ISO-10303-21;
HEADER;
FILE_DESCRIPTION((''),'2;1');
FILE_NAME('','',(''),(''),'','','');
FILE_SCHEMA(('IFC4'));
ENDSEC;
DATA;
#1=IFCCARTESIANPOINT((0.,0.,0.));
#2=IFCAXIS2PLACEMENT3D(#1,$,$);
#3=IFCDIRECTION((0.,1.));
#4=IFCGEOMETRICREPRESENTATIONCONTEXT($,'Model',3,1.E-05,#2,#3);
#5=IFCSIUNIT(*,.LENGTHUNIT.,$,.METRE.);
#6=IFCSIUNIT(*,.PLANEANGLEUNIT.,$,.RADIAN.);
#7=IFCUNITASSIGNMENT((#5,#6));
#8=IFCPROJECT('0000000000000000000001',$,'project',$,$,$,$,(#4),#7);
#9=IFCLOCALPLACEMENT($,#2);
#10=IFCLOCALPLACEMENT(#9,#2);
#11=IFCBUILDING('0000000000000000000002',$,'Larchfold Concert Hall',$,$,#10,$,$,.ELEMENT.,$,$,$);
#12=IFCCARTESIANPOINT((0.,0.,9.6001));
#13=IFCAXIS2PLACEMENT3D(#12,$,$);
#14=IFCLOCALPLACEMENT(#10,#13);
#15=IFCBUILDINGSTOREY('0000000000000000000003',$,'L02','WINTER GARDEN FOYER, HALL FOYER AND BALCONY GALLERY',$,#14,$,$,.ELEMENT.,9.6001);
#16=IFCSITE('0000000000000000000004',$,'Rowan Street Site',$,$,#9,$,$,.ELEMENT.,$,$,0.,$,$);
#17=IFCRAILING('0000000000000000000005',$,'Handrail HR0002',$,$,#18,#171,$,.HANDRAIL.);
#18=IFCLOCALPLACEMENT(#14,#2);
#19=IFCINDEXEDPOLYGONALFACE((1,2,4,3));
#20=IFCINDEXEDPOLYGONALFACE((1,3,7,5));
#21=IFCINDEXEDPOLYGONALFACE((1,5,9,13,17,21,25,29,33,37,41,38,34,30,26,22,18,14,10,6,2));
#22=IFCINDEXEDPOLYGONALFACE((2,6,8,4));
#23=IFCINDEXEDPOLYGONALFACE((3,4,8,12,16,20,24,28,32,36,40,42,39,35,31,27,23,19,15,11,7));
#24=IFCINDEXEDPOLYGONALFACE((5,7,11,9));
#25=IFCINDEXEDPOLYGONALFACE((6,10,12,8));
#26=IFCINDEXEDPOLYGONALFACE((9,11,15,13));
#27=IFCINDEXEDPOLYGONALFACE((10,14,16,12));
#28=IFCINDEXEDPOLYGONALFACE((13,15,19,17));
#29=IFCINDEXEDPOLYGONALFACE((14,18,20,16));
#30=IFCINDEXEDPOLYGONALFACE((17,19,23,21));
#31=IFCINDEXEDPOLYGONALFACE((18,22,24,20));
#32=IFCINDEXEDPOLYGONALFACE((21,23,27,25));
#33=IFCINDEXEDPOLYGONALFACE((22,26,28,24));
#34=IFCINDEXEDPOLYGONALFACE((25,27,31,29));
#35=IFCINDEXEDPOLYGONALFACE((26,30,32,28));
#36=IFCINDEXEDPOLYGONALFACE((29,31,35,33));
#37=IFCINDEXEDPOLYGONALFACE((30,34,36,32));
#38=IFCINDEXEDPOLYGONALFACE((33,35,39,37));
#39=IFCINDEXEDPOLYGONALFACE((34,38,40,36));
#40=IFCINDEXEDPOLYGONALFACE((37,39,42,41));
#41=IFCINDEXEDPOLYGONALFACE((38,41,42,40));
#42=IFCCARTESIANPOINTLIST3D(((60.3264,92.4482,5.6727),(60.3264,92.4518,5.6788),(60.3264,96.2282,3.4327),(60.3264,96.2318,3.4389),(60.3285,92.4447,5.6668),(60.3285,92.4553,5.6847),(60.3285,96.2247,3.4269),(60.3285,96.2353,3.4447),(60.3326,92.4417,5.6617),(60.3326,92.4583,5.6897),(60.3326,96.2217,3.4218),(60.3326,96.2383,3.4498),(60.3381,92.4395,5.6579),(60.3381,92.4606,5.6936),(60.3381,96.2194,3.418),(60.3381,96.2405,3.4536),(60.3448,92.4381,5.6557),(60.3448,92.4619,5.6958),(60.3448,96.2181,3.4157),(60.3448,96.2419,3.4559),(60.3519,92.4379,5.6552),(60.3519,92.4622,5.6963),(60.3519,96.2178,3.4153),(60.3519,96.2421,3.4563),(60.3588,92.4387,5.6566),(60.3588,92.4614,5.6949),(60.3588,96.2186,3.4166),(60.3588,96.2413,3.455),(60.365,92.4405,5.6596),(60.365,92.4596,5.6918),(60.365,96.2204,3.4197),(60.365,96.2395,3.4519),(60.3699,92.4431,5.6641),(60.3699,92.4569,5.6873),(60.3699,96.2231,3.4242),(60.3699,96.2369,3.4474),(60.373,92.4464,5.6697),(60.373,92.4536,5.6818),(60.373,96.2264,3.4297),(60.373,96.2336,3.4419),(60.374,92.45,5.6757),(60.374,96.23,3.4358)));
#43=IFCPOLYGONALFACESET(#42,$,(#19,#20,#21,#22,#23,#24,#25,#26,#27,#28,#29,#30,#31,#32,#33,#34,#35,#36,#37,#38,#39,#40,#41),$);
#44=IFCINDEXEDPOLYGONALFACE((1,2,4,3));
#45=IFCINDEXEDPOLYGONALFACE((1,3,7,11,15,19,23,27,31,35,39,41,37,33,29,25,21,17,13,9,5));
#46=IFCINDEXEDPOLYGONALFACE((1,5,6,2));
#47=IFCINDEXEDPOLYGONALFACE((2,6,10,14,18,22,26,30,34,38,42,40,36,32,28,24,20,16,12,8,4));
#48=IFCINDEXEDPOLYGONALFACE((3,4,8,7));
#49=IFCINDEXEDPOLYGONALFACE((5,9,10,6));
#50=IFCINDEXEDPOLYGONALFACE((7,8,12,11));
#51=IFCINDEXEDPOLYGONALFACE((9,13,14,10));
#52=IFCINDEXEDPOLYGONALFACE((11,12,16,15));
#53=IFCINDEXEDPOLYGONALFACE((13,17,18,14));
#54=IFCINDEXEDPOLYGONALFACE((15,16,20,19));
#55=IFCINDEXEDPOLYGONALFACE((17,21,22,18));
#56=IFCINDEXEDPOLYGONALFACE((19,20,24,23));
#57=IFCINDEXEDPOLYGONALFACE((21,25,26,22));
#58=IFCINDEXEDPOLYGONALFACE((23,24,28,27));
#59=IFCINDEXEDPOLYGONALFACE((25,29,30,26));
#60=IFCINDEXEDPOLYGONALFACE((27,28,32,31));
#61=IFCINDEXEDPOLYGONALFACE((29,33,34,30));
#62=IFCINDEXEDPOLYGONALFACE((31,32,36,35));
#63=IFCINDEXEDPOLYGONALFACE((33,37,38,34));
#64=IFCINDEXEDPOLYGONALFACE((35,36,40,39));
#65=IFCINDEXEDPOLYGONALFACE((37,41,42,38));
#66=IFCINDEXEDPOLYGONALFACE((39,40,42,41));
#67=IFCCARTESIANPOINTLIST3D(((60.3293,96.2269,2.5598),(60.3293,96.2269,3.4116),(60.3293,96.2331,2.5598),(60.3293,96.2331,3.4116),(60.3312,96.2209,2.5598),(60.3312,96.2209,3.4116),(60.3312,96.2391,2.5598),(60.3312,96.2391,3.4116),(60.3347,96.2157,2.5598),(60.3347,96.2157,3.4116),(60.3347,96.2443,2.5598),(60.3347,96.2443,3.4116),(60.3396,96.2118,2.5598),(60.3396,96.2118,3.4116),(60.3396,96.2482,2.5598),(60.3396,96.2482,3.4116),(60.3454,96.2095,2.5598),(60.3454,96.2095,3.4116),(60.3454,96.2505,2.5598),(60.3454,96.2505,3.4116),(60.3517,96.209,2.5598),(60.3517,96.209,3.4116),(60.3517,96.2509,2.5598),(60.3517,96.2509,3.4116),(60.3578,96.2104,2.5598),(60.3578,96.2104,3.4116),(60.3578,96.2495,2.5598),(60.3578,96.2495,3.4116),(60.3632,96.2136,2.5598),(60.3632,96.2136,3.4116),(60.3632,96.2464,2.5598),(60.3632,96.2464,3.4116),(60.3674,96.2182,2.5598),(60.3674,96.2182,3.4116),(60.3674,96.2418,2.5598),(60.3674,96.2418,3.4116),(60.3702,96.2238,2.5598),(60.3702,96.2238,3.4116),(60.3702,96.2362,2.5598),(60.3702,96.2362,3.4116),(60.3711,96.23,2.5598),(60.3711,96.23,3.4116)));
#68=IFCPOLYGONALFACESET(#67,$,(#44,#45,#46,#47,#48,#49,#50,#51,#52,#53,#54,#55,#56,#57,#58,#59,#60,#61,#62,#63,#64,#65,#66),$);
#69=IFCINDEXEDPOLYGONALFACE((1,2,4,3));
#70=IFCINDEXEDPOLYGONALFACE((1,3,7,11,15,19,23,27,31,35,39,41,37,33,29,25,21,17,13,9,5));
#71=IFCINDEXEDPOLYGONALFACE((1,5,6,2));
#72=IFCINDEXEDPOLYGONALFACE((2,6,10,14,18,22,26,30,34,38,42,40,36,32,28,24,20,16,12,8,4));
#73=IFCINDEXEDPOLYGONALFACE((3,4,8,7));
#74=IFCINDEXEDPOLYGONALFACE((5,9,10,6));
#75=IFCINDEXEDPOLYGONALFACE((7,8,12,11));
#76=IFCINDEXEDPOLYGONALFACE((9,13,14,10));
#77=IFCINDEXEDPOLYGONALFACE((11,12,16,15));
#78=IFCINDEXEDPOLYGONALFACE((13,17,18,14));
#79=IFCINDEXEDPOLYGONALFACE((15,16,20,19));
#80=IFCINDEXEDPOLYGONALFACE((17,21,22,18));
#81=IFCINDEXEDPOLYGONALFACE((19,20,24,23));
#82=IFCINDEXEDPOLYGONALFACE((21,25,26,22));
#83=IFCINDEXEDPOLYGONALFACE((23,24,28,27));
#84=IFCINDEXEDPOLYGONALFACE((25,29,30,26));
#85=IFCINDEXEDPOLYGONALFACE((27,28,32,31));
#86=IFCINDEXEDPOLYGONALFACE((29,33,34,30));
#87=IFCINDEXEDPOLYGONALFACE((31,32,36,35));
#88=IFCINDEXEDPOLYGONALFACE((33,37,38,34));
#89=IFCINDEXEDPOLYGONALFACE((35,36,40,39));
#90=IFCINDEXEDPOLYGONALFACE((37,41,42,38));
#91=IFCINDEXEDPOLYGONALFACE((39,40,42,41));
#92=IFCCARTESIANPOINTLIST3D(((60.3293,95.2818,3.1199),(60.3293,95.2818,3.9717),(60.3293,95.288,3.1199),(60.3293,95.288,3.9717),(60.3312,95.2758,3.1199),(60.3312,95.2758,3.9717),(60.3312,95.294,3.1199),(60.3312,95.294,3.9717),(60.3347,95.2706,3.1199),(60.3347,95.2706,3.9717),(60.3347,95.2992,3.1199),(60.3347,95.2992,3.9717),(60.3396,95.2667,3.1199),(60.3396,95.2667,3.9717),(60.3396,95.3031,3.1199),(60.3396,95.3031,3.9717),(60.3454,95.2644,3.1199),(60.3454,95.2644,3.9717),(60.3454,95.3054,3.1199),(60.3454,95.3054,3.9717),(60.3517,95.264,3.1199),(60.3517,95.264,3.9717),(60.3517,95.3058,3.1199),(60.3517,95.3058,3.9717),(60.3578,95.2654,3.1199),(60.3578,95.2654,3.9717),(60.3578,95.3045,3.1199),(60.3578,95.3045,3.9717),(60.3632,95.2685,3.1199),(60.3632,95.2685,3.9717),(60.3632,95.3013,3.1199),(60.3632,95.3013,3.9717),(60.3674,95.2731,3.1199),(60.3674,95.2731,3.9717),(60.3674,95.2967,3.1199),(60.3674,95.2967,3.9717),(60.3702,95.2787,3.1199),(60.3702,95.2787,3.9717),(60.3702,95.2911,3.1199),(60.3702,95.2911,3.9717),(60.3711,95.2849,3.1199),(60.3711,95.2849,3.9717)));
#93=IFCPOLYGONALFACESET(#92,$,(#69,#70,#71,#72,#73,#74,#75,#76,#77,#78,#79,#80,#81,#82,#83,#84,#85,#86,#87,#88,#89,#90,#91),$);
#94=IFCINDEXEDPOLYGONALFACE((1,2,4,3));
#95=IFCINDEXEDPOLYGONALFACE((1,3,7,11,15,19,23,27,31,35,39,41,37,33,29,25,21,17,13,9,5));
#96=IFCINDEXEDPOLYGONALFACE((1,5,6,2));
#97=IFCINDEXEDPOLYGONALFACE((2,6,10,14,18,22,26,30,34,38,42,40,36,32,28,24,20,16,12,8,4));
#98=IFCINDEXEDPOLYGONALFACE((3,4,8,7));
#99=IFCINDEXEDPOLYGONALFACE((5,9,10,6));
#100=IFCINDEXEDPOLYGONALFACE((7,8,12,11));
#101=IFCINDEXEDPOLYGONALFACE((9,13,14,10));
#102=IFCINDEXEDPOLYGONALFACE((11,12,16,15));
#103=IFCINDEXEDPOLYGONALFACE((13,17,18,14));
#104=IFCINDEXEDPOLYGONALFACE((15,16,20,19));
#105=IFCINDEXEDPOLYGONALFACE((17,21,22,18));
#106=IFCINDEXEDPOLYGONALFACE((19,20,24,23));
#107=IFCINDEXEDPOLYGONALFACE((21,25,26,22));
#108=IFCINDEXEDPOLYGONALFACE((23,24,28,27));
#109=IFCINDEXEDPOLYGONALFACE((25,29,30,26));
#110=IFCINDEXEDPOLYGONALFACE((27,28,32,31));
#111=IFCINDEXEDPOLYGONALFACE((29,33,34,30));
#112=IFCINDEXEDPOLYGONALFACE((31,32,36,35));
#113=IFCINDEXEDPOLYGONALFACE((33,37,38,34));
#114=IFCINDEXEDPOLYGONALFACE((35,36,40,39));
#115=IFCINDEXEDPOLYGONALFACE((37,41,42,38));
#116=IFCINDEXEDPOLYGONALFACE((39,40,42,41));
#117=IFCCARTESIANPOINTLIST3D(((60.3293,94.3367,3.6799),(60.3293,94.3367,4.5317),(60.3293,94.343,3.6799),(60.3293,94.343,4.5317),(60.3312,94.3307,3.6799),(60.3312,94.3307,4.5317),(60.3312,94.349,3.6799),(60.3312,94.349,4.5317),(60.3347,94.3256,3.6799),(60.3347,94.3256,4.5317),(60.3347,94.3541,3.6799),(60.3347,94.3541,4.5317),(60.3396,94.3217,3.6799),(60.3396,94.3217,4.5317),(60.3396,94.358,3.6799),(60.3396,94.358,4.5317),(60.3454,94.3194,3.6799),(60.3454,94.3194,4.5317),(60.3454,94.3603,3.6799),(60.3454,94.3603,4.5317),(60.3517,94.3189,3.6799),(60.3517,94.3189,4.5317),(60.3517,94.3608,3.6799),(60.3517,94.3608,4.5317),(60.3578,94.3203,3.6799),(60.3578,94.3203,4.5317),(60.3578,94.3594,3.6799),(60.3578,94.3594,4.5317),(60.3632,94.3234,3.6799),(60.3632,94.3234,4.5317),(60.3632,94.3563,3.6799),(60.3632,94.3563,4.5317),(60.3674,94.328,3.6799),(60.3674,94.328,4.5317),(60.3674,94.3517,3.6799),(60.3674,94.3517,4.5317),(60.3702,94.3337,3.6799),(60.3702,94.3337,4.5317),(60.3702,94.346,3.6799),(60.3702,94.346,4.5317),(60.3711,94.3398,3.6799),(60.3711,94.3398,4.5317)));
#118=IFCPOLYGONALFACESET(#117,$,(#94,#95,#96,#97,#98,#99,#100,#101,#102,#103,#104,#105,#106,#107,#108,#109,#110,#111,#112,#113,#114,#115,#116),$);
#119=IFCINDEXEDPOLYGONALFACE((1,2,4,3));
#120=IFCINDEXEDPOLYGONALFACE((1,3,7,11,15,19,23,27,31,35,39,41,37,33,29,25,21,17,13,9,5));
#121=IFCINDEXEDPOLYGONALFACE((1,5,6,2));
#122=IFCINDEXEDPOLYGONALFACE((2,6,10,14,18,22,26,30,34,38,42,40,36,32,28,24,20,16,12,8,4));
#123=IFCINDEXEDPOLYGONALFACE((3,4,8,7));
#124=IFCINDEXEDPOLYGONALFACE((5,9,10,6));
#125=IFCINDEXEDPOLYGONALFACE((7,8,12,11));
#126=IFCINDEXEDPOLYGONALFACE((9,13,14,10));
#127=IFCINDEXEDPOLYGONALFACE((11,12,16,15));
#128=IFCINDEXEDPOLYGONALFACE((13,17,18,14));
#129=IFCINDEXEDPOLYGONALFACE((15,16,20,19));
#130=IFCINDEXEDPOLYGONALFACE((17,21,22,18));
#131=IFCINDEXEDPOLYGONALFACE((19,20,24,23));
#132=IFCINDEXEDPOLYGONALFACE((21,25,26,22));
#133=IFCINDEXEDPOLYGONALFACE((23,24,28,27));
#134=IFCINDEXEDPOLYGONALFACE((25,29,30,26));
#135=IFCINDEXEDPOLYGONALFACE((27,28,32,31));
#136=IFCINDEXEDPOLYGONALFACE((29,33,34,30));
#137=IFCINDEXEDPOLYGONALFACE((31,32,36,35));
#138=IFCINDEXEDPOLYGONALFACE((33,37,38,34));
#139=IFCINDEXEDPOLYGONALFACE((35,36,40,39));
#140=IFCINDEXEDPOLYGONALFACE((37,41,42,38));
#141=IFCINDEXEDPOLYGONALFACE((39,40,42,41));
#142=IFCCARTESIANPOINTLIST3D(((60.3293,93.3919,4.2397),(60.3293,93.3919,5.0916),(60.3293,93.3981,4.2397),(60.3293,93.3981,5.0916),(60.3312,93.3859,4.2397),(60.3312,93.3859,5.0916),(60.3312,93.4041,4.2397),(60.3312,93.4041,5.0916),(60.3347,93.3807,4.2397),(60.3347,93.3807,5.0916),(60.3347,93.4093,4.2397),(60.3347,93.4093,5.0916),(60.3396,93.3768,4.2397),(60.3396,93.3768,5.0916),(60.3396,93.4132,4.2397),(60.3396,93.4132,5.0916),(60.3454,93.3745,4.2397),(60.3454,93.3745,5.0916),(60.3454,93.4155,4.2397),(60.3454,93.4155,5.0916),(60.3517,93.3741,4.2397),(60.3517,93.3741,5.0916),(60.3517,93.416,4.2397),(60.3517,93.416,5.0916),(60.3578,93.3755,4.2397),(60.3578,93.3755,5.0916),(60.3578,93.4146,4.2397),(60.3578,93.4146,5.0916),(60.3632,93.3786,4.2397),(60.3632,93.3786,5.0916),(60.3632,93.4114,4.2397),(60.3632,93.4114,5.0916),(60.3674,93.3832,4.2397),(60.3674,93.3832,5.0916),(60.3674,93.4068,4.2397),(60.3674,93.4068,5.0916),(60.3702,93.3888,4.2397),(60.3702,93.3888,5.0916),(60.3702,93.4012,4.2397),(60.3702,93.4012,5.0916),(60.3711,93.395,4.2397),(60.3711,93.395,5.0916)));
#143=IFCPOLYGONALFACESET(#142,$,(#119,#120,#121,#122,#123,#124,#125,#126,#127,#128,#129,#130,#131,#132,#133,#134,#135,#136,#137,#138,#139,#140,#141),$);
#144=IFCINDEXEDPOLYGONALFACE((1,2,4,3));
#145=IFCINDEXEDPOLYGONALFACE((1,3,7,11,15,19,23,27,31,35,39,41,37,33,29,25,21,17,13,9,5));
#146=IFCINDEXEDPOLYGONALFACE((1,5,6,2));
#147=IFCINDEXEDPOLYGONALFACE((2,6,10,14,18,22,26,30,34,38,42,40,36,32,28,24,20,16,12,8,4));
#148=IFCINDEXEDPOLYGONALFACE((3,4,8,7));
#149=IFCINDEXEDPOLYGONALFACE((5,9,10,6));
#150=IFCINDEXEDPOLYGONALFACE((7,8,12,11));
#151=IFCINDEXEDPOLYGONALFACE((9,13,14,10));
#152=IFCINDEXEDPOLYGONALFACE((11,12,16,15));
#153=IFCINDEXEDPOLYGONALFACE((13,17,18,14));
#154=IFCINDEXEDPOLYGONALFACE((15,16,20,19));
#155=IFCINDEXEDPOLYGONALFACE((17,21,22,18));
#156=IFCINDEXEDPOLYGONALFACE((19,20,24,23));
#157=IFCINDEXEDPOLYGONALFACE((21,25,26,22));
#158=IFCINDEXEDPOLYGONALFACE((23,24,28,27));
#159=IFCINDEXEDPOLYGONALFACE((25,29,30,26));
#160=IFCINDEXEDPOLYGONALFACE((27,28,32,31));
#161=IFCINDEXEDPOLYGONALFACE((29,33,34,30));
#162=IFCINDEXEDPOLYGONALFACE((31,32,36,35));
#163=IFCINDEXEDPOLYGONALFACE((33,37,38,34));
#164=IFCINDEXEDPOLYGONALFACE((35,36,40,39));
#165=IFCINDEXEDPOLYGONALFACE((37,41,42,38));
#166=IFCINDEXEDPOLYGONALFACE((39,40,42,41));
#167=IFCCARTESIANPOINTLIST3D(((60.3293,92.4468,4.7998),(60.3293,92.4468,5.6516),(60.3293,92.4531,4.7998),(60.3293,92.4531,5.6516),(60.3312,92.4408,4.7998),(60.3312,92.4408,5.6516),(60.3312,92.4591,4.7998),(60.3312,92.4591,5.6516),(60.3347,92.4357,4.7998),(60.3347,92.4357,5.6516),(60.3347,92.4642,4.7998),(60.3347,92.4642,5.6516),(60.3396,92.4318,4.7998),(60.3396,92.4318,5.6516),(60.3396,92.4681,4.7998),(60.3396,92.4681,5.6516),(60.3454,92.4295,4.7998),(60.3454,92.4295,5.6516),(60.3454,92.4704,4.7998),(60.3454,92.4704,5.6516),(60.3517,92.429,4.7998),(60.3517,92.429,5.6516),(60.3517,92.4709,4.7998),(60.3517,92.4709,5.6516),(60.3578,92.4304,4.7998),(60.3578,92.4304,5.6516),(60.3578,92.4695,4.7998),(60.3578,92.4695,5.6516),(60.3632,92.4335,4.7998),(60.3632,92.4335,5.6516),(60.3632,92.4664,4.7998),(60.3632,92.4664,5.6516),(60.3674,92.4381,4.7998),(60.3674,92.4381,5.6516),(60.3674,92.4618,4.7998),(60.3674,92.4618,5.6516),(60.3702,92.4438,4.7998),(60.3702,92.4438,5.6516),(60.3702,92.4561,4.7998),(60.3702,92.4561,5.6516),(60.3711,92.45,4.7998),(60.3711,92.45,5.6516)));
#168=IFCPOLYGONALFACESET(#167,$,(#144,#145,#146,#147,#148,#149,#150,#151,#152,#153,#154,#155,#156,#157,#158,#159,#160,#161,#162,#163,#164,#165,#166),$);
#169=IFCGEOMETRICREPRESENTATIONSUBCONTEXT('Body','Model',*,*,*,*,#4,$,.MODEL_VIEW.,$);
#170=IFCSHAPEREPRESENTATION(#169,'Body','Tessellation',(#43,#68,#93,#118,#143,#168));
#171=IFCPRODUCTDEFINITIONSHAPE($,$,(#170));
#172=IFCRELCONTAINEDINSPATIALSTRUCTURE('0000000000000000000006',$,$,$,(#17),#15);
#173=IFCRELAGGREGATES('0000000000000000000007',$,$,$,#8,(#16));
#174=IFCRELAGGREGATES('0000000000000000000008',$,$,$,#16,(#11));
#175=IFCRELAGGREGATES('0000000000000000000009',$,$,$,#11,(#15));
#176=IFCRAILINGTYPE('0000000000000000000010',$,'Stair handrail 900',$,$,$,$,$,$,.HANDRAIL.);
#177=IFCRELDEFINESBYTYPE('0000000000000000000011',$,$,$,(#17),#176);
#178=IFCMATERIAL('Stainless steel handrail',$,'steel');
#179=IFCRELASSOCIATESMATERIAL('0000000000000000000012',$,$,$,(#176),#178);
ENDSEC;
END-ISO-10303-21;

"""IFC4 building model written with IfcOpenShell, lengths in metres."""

from ifc_helpers import new_model, si_unit, direction, frame, origin, origin_2d, place, context, subcontext, project, spatial, circle, extrude, material, type_object, element, save


model = new_model("IFC4")

# Units and contexts
model_context = context("Model", 3, precision=1e-05, world=origin(), true_north=direction((0.0, 1.0)))
body_context = subcontext(model_context, "Body", "Model", "MODEL_VIEW")
ifc_project = project(units=[si_unit("LENGTHUNIT", "METRE"), si_unit("PLANEANGLEUNIT", "RADIAN")], contexts=[model_context])

# Site, building, storey
site_placement = place(None, origin())
site = spatial("IfcSite", under=ifc_project, at=site_placement, Name="Rowan Street Site", CompositionType="ELEMENT", RefElevation=0.0)
building_placement = place(site_placement, origin())
building = spatial("IfcBuilding", under=site, at=building_placement, Name="Larchfold Concert Hall", CompositionType="ELEMENT")
storey_placement = place(building_placement, frame((0.0, 0.0, 9.6001)))
storey = spatial("IfcBuildingStorey", under=building, at=storey_placement, Name="L02", Description="WINTER GARDEN FOYER, HALL FOYER AND BALCONY GALLERY", CompositionType="ELEMENT", Elevation=9.6001)

# Railing
ifc_material_1 = material(Name="Stainless steel handrail", Category="steel")
railing_type_1 = type_object("IfcRailingType", Name="Stair handrail 900", PredefinedType="HANDRAIL", material=ifc_material_1)
railing_1_placement = place(storey_placement, frame((60.3501, 96.23, 2.5598)))
element("IfcRailing", 1, at=railing_1_placement, inside=storey, type_object=railing_type_1, Name="Handrail HR0002", PredefinedType="HANDRAIL", context=body_context, shape_type="SweptSolid", body=[
    extrude(circle(Radius=0.0239, at=origin_2d()), frame((0.0, 0.0, 0.876), z_axis=(0.0, -0.860294, 0.509798), x_axis=(1.0, 0.0, 0.0)), (0.0, 0.0, 1.0), 4.3938),
    extrude(circle(Radius=0.021, at=origin_2d()), origin(), (0.0, 0.0, 1.0), 0.8518),
    extrude(circle(Radius=0.021, at=origin_2d()), frame((0.0, -0.9451, 0.5601)), (0.0, 0.0, 1.0), 0.8518),
    extrude(circle(Radius=0.021, at=origin_2d()), frame((0.0, -1.8901, 1.1201)), (0.0, 0.0, 1.0), 0.8518),
    extrude(circle(Radius=0.021, at=origin_2d()), frame((0.0, -2.835, 1.6799)), (0.0, 0.0, 1.0), 0.8518),
    extrude(circle(Radius=0.021, at=origin_2d()), frame((0.0, -3.78, 2.24)), (0.0, 0.0, 1.0), 0.8518),
])

save(model, "model.ifc")
